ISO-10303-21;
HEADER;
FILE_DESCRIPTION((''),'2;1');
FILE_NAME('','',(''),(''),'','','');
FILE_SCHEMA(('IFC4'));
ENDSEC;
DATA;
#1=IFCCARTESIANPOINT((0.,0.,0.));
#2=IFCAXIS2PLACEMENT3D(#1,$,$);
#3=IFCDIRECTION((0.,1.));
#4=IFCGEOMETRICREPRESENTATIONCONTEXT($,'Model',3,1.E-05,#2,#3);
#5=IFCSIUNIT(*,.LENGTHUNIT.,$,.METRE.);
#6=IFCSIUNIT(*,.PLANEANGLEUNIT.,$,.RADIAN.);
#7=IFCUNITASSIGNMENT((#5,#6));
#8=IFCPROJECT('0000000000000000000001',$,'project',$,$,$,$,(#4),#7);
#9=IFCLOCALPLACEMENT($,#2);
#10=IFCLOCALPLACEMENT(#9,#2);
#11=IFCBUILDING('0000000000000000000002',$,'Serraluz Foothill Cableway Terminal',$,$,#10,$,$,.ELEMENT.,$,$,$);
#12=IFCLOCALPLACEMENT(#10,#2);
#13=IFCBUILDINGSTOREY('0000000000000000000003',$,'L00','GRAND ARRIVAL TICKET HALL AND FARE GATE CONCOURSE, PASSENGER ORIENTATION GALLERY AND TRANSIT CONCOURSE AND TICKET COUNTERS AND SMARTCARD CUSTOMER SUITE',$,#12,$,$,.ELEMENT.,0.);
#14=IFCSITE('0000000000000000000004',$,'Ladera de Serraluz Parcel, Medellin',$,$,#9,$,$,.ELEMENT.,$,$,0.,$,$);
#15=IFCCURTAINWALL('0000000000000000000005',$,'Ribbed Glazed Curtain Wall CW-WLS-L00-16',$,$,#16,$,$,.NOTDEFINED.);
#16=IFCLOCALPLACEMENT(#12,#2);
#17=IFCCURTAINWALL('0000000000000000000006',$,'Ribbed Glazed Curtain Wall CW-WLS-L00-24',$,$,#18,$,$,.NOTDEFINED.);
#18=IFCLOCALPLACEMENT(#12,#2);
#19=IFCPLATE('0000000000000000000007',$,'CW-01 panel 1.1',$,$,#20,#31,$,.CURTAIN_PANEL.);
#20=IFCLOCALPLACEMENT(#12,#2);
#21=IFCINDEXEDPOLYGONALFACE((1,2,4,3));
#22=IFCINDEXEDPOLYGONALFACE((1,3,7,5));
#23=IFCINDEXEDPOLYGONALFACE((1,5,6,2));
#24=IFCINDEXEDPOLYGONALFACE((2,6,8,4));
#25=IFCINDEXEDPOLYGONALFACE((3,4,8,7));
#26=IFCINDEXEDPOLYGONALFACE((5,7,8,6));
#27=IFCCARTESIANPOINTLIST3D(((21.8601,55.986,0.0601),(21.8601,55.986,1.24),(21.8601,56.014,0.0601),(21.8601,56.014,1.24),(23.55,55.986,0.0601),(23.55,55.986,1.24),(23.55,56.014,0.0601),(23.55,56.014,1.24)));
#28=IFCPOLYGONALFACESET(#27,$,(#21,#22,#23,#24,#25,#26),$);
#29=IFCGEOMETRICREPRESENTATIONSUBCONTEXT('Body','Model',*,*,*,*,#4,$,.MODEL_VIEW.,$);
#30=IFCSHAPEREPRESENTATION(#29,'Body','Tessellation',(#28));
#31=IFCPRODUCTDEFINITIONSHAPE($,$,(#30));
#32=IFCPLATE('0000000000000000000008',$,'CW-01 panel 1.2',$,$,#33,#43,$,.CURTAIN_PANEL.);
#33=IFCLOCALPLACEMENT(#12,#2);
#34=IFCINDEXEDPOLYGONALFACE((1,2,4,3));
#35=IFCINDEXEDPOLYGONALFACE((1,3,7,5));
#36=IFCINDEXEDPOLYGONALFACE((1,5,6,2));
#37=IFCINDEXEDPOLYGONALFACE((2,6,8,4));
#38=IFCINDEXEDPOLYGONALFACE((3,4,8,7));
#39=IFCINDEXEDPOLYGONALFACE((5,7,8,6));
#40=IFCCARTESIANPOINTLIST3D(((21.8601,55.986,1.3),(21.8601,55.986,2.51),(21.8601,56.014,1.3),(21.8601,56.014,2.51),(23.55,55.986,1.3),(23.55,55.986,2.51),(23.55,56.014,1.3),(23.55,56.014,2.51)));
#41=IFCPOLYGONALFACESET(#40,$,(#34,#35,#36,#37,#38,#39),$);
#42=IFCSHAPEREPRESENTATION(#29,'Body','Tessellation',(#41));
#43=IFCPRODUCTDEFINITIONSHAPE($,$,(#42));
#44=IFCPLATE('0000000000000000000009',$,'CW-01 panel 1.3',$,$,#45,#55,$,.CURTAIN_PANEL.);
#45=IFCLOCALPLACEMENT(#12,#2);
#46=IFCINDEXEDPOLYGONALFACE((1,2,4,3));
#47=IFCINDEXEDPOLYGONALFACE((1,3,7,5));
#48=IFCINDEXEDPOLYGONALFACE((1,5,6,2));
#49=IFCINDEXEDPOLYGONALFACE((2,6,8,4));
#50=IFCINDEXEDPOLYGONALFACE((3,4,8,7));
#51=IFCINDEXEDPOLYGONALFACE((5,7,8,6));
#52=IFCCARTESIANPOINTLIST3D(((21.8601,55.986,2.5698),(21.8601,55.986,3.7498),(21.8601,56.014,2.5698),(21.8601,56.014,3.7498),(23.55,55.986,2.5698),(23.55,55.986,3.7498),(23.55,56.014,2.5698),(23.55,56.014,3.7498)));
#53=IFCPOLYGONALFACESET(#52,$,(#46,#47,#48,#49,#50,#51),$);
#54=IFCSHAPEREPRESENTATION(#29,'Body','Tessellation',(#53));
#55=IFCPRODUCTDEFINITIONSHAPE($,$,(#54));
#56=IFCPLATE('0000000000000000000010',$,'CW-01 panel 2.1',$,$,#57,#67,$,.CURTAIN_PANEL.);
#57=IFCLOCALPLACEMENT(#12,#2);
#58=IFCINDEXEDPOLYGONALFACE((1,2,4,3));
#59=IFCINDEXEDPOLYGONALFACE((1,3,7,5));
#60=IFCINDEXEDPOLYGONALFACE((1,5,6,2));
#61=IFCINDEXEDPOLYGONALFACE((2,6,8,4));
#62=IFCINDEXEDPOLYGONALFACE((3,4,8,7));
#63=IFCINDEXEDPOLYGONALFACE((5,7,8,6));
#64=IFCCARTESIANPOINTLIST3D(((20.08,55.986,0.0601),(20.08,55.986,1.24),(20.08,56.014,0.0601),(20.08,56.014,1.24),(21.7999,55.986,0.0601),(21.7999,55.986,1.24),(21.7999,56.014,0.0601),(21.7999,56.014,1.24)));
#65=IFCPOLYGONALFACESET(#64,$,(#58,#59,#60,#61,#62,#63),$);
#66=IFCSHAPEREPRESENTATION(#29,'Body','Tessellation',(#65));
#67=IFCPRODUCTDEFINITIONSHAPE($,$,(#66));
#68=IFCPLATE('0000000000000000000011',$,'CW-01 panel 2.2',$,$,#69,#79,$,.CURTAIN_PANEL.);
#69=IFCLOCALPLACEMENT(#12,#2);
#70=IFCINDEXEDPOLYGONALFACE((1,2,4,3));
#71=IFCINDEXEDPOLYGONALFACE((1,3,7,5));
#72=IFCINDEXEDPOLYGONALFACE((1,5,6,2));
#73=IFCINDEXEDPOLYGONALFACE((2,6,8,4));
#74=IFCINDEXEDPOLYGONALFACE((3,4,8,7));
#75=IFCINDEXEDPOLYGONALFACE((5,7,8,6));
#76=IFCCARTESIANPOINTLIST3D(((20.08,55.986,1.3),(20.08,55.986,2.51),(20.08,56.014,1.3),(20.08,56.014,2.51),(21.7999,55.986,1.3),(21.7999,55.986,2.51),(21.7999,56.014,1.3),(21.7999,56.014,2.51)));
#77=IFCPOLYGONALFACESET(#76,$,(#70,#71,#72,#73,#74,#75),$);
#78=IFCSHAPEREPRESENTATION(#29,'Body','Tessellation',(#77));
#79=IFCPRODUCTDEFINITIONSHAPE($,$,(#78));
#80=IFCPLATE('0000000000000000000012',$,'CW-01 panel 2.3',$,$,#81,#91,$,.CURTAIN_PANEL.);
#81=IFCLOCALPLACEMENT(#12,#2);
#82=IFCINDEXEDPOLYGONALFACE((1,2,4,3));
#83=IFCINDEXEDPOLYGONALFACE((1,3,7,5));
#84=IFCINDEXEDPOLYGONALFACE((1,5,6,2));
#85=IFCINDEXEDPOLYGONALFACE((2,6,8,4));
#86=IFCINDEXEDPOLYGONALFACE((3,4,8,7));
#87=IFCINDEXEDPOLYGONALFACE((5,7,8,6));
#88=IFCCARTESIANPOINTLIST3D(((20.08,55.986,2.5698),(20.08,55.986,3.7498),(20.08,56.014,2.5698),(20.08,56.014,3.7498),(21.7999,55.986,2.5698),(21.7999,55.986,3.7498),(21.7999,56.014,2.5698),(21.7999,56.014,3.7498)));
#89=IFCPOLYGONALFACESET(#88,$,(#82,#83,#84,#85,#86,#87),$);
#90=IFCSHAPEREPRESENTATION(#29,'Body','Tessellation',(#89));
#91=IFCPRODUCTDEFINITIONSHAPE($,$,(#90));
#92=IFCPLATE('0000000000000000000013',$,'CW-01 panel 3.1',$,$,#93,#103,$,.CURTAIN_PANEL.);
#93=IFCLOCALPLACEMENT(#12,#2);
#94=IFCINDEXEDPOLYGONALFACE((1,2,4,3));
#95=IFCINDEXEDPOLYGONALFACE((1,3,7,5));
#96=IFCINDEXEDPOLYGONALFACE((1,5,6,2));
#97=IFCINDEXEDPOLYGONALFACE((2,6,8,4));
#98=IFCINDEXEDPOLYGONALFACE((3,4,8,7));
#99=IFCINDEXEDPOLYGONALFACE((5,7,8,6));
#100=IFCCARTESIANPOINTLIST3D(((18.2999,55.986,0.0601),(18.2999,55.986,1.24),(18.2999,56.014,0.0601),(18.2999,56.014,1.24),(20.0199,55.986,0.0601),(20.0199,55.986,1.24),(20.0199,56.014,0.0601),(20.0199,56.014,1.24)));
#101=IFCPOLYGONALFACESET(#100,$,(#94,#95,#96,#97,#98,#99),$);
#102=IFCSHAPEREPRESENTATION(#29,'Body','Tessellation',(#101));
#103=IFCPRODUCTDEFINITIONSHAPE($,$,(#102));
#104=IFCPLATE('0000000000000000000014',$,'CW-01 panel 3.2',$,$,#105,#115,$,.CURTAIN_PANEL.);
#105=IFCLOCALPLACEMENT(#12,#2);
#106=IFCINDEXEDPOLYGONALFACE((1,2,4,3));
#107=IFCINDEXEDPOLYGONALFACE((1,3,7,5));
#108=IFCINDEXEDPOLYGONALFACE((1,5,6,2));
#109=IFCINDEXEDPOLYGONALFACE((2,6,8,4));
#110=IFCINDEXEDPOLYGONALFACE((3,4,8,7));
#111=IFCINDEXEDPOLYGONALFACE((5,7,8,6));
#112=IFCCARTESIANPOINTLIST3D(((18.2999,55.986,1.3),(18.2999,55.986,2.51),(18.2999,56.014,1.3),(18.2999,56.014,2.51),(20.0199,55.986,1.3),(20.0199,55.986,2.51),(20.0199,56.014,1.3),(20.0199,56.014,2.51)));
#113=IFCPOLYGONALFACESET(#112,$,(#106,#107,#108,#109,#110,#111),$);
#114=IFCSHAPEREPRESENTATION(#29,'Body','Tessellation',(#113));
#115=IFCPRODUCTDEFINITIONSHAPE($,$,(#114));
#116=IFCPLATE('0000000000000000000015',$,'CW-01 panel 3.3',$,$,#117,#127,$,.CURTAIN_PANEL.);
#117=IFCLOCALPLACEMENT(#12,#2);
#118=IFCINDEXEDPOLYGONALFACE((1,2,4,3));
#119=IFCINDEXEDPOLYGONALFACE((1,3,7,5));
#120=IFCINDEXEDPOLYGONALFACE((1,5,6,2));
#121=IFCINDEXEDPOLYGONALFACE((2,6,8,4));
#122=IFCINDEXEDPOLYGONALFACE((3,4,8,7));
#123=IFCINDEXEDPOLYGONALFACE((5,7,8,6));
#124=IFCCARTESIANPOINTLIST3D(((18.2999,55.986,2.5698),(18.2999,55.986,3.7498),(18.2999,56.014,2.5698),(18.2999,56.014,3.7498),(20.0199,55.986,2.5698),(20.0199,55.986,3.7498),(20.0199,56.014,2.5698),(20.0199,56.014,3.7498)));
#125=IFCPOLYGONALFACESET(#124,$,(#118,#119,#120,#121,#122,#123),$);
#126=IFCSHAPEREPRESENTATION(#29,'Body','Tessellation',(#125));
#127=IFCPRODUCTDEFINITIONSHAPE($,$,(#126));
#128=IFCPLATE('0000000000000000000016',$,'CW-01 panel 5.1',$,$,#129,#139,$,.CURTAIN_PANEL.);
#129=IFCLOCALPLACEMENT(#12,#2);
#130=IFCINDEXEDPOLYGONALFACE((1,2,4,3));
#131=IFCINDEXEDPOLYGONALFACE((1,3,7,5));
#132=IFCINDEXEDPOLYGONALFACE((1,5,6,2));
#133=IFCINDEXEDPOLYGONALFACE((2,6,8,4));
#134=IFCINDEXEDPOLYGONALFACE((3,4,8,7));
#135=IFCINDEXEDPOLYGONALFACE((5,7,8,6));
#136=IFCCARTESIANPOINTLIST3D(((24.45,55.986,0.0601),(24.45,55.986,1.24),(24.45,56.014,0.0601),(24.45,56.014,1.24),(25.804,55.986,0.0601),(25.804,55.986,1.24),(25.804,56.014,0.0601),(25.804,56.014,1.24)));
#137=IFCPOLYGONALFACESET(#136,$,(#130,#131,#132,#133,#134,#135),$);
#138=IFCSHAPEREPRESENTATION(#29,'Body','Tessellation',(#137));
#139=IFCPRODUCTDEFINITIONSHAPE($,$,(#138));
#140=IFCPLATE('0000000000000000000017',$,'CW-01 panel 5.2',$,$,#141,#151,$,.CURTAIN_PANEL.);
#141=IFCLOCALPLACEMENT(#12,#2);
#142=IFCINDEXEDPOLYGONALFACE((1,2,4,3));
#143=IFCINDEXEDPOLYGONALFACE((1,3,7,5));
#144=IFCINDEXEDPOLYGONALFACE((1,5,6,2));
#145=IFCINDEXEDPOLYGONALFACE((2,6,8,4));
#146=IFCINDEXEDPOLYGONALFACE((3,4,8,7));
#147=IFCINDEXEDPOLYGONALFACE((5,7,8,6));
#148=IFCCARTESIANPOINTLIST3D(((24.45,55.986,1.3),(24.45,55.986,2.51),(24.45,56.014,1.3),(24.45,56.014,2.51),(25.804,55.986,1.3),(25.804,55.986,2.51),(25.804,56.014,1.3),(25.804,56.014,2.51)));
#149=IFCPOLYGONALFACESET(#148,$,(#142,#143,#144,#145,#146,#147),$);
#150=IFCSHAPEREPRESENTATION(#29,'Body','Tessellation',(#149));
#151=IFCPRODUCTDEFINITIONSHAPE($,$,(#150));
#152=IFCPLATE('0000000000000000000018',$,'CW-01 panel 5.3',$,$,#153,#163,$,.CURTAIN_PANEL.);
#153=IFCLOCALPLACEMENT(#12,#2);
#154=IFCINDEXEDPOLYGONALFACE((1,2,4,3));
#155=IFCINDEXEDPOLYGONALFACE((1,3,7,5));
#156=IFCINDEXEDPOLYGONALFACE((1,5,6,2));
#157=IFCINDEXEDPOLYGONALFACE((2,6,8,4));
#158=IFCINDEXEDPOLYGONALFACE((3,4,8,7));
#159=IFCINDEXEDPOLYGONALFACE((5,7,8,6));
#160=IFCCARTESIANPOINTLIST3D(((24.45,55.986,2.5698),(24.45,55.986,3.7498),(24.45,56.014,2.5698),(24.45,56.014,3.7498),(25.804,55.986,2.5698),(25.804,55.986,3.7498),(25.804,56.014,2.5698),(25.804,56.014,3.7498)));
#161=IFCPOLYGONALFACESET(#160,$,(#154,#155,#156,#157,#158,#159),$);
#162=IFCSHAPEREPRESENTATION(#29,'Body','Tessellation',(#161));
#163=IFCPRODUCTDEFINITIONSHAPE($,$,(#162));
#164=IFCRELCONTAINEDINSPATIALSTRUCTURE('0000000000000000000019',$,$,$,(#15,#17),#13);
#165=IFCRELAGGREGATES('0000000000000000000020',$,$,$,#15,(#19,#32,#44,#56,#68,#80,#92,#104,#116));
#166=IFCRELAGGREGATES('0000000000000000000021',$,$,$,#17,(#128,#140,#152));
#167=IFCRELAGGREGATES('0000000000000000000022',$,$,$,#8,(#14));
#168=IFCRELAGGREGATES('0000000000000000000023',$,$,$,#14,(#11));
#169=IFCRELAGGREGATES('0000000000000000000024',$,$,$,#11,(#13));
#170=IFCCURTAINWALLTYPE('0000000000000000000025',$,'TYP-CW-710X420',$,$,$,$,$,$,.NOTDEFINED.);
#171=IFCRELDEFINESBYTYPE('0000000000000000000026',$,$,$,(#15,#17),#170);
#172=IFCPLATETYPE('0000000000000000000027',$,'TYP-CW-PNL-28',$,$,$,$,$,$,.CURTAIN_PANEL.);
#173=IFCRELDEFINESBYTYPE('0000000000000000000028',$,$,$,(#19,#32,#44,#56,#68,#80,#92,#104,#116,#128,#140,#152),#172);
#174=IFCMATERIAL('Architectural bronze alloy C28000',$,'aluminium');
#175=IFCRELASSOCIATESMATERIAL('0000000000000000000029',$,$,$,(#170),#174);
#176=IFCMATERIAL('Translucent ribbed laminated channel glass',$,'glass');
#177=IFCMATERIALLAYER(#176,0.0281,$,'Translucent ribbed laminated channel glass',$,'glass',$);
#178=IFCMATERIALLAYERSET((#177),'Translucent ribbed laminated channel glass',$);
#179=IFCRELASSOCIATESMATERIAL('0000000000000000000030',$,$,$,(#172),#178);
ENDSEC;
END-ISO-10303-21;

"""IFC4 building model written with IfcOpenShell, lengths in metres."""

from ifc_helpers import new_model, si_unit, direction, frame, origin, origin_2d, place, context, subcontext, project, spatial, rectangle, extrude, material, layer, layer_set, type_object, element, aggregate, save


model = new_model("IFC4")

# Units and contexts
model_context = context("Model", 3, precision=1e-05, world=origin(), true_north=direction((0.0, 1.0)))
body_context = subcontext(model_context, "Body", "Model", "MODEL_VIEW")
ifc_project = project(units=[si_unit("LENGTHUNIT", "METRE"), si_unit("PLANEANGLEUNIT", "RADIAN")], contexts=[model_context])

# Site, building, storey
site_placement = place(None, origin())
site = spatial("IfcSite", under=ifc_project, at=site_placement, Name="Ladera de Serraluz Parcel, Medellin", CompositionType="ELEMENT", RefElevation=0.0)
building_placement = place(site_placement, origin())
building = spatial("IfcBuilding", under=site, at=building_placement, Name="Serraluz Foothill Cableway Terminal", CompositionType="ELEMENT")
storey_placement = place(building_placement, origin())
storey = spatial("IfcBuildingStorey", under=building, at=storey_placement, Name="L00", Description="GRAND ARRIVAL TICKET HALL AND FARE GATE CONCOURSE, PASSENGER ORIENTATION GALLERY AND TRANSIT CONCOURSE AND TICKET COUNTERS AND SMARTCARD CUSTOMER SUITE", CompositionType="ELEMENT", Elevation=0.0)

# Curtain walls
ifc_material_1 = material(Name="Architectural bronze alloy C28000", Category="aluminium")
curtain_wall_type = type_object("IfcCurtainWallType", Name="TYP-CW-710X420", PredefinedType="NOTDEFINED", material=ifc_material_1)
curtain_wall_1_placement = place(storey_placement, origin())
curtain_wall_1 = element("IfcCurtainWall", 1, at=curtain_wall_1_placement, inside=storey, type_object=curtain_wall_type, Name="Ribbed Glazed Curtain Wall CW-WLS-L00-16", PredefinedType="NOTDEFINED")
curtain_wall_2_placement = place(storey_placement, origin())
curtain_wall_2 = element("IfcCurtainWall", 2, at=curtain_wall_2_placement, inside=storey, type_object=curtain_wall_type, Name="Ribbed Glazed Curtain Wall CW-WLS-L00-24", PredefinedType="NOTDEFINED")

# Plates
ifc_material_2 = material(Name="Translucent ribbed laminated channel glass", Category="glass")
ifc_layer = layer(ifc_material_2, 0.0281, Name="Translucent ribbed laminated channel glass", Category="glass")
ifc_layer_set = layer_set([ifc_layer], Name="Translucent ribbed laminated channel glass")
plate_type = type_object("IfcPlateType", Name="TYP-CW-PNL-28", PredefinedType="CURTAIN_PANEL", material=ifc_layer_set)
plate_1_placement = place(storey_placement, frame((22.7051, 56.0, 0.0601), z_axis=(0.0, 0.0, 1.0), x_axis=(-1.0, 0.0, 0.0)))
plate_1 = element("IfcPlate", 3, at=plate_1_placement, type_object=plate_type, Name="CW-01 panel 1.1", PredefinedType="CURTAIN_PANEL", context=body_context, shape_type="SweptSolid", body=[
    extrude(rectangle(XDim=1.6899, YDim=0.0281, at=origin_2d()), origin(), (0.0, 0.0, 1.0), 1.1799),
])
plate_2_placement = place(storey_placement, frame((22.7051, 56.0, 1.3), z_axis=(0.0, 0.0, 1.0), x_axis=(-1.0, 0.0, 0.0)))
plate_2 = element("IfcPlate", 4, at=plate_2_placement, type_object=plate_type, Name="CW-01 panel 1.2", PredefinedType="CURTAIN_PANEL", context=body_context, shape_type="SweptSolid", body=[
    extrude(rectangle(XDim=1.6899, YDim=0.0281, at=origin_2d()), origin(), (0.0, 0.0, 1.0), 1.21),
])
plate_3_placement = place(storey_placement, frame((22.7051, 56.0, 2.5698), z_axis=(0.0, 0.0, 1.0), x_axis=(-1.0, 0.0, 0.0)))
plate_3 = element("IfcPlate", 5, at=plate_3_placement, type_object=plate_type, Name="CW-01 panel 1.3", PredefinedType="CURTAIN_PANEL", context=body_context, shape_type="SweptSolid", body=[
    extrude(rectangle(XDim=1.6899, YDim=0.0281, at=origin_2d()), origin(), (0.0, 0.0, 1.0), 1.1799),
])
plate_4_placement = place(storey_placement, frame((20.9399, 56.0, 0.0601), z_axis=(0.0, 0.0, 1.0), x_axis=(-1.0, 0.0, 0.0)))
plate_4 = element("IfcPlate", 6, at=plate_4_placement, type_object=plate_type, Name="CW-01 panel 2.1", PredefinedType="CURTAIN_PANEL", context=body_context, shape_type="SweptSolid", body=[
    extrude(rectangle(XDim=1.72, YDim=0.0281, at=origin_2d()), origin(), (0.0, 0.0, 1.0), 1.1799),
])
plate_5_placement = place(storey_placement, frame((20.9399, 56.0, 1.3), z_axis=(0.0, 0.0, 1.0), x_axis=(-1.0, 0.0, 0.0)))
plate_5 = element("IfcPlate", 7, at=plate_5_placement, type_object=plate_type, Name="CW-01 panel 2.2", PredefinedType="CURTAIN_PANEL", context=body_context, shape_type="SweptSolid", body=[
    extrude(rectangle(XDim=1.72, YDim=0.0281, at=origin_2d()), origin(), (0.0, 0.0, 1.0), 1.21),
])
plate_6_placement = place(storey_placement, frame((20.9399, 56.0, 2.5698), z_axis=(0.0, 0.0, 1.0), x_axis=(-1.0, 0.0, 0.0)))
plate_6 = element("IfcPlate", 8, at=plate_6_placement, type_object=plate_type, Name="CW-01 panel 2.3", PredefinedType="CURTAIN_PANEL", context=body_context, shape_type="SweptSolid", body=[
    extrude(rectangle(XDim=1.72, YDim=0.0281, at=origin_2d()), origin(), (0.0, 0.0, 1.0), 1.1799),
])
plate_7_placement = place(storey_placement, frame((19.1599, 56.0, 0.0601), z_axis=(0.0, 0.0, 1.0), x_axis=(-1.0, 0.0, 0.0)))
plate_7 = element("IfcPlate", 9, at=plate_7_placement, type_object=plate_type, Name="CW-01 panel 3.1", PredefinedType="CURTAIN_PANEL", context=body_context, shape_type="SweptSolid", body=[
    extrude(rectangle(XDim=1.72, YDim=0.0281, at=origin_2d()), origin(), (0.0, 0.0, 1.0), 1.1799),
])
plate_8_placement = place(storey_placement, frame((19.1599, 56.0, 1.3), z_axis=(0.0, 0.0, 1.0), x_axis=(-1.0, 0.0, 0.0)))
plate_8 = element("IfcPlate", 10, at=plate_8_placement, type_object=plate_type, Name="CW-01 panel 3.2", PredefinedType="CURTAIN_PANEL", context=body_context, shape_type="SweptSolid", body=[
    extrude(rectangle(XDim=1.72, YDim=0.0281, at=origin_2d()), origin(), (0.0, 0.0, 1.0), 1.21),
])
plate_9_placement = place(storey_placement, frame((19.1599, 56.0, 2.5698), z_axis=(0.0, 0.0, 1.0), x_axis=(-1.0, 0.0, 0.0)))
plate_9 = element("IfcPlate", 11, at=plate_9_placement, type_object=plate_type, Name="CW-01 panel 3.3", PredefinedType="CURTAIN_PANEL", context=body_context, shape_type="SweptSolid", body=[
    extrude(rectangle(XDim=1.72, YDim=0.0281, at=origin_2d()), origin(), (0.0, 0.0, 1.0), 1.1799),
])
aggregate(curtain_wall_1, [plate_1, plate_2, plate_3, plate_4, plate_5, plate_6, plate_7, plate_8, plate_9])
plate_10_placement = place(storey_placement, frame((25.127, 56.0, 0.0601), z_axis=(0.0, 0.0, 1.0), x_axis=(-1.0, 0.0, 0.0)))
plate_10 = element("IfcPlate", 12, at=plate_10_placement, type_object=plate_type, Name="CW-01 panel 5.1", PredefinedType="CURTAIN_PANEL", context=body_context, shape_type="SweptSolid", body=[
    extrude(rectangle(XDim=1.354, YDim=0.0281, at=origin_2d()), origin(), (0.0, 0.0, 1.0), 1.1799),
])
plate_11_placement = place(storey_placement, frame((25.127, 56.0, 1.3), z_axis=(0.0, 0.0, 1.0), x_axis=(-1.0, 0.0, 0.0)))
plate_11 = element("IfcPlate", 13, at=plate_11_placement, type_object=plate_type, Name="CW-01 panel 5.2", PredefinedType="CURTAIN_PANEL", context=body_context, shape_type="SweptSolid", body=[
    extrude(rectangle(XDim=1.354, YDim=0.0281, at=origin_2d()), origin(), (0.0, 0.0, 1.0), 1.21),
])
plate_12_placement = place(storey_placement, frame((25.127, 56.0, 2.5698), z_axis=(0.0, 0.0, 1.0), x_axis=(-1.0, 0.0, 0.0)))
plate_12 = element("IfcPlate", 14, at=plate_12_placement, type_object=plate_type, Name="CW-01 panel 5.3", PredefinedType="CURTAIN_PANEL", context=body_context, shape_type="SweptSolid", body=[
    extrude(rectangle(XDim=1.354, YDim=0.0281, at=origin_2d()), origin(), (0.0, 0.0, 1.0), 1.1799),
])
aggregate(curtain_wall_2, [plate_10, plate_11, plate_12])

save(model, "model.ifc")
